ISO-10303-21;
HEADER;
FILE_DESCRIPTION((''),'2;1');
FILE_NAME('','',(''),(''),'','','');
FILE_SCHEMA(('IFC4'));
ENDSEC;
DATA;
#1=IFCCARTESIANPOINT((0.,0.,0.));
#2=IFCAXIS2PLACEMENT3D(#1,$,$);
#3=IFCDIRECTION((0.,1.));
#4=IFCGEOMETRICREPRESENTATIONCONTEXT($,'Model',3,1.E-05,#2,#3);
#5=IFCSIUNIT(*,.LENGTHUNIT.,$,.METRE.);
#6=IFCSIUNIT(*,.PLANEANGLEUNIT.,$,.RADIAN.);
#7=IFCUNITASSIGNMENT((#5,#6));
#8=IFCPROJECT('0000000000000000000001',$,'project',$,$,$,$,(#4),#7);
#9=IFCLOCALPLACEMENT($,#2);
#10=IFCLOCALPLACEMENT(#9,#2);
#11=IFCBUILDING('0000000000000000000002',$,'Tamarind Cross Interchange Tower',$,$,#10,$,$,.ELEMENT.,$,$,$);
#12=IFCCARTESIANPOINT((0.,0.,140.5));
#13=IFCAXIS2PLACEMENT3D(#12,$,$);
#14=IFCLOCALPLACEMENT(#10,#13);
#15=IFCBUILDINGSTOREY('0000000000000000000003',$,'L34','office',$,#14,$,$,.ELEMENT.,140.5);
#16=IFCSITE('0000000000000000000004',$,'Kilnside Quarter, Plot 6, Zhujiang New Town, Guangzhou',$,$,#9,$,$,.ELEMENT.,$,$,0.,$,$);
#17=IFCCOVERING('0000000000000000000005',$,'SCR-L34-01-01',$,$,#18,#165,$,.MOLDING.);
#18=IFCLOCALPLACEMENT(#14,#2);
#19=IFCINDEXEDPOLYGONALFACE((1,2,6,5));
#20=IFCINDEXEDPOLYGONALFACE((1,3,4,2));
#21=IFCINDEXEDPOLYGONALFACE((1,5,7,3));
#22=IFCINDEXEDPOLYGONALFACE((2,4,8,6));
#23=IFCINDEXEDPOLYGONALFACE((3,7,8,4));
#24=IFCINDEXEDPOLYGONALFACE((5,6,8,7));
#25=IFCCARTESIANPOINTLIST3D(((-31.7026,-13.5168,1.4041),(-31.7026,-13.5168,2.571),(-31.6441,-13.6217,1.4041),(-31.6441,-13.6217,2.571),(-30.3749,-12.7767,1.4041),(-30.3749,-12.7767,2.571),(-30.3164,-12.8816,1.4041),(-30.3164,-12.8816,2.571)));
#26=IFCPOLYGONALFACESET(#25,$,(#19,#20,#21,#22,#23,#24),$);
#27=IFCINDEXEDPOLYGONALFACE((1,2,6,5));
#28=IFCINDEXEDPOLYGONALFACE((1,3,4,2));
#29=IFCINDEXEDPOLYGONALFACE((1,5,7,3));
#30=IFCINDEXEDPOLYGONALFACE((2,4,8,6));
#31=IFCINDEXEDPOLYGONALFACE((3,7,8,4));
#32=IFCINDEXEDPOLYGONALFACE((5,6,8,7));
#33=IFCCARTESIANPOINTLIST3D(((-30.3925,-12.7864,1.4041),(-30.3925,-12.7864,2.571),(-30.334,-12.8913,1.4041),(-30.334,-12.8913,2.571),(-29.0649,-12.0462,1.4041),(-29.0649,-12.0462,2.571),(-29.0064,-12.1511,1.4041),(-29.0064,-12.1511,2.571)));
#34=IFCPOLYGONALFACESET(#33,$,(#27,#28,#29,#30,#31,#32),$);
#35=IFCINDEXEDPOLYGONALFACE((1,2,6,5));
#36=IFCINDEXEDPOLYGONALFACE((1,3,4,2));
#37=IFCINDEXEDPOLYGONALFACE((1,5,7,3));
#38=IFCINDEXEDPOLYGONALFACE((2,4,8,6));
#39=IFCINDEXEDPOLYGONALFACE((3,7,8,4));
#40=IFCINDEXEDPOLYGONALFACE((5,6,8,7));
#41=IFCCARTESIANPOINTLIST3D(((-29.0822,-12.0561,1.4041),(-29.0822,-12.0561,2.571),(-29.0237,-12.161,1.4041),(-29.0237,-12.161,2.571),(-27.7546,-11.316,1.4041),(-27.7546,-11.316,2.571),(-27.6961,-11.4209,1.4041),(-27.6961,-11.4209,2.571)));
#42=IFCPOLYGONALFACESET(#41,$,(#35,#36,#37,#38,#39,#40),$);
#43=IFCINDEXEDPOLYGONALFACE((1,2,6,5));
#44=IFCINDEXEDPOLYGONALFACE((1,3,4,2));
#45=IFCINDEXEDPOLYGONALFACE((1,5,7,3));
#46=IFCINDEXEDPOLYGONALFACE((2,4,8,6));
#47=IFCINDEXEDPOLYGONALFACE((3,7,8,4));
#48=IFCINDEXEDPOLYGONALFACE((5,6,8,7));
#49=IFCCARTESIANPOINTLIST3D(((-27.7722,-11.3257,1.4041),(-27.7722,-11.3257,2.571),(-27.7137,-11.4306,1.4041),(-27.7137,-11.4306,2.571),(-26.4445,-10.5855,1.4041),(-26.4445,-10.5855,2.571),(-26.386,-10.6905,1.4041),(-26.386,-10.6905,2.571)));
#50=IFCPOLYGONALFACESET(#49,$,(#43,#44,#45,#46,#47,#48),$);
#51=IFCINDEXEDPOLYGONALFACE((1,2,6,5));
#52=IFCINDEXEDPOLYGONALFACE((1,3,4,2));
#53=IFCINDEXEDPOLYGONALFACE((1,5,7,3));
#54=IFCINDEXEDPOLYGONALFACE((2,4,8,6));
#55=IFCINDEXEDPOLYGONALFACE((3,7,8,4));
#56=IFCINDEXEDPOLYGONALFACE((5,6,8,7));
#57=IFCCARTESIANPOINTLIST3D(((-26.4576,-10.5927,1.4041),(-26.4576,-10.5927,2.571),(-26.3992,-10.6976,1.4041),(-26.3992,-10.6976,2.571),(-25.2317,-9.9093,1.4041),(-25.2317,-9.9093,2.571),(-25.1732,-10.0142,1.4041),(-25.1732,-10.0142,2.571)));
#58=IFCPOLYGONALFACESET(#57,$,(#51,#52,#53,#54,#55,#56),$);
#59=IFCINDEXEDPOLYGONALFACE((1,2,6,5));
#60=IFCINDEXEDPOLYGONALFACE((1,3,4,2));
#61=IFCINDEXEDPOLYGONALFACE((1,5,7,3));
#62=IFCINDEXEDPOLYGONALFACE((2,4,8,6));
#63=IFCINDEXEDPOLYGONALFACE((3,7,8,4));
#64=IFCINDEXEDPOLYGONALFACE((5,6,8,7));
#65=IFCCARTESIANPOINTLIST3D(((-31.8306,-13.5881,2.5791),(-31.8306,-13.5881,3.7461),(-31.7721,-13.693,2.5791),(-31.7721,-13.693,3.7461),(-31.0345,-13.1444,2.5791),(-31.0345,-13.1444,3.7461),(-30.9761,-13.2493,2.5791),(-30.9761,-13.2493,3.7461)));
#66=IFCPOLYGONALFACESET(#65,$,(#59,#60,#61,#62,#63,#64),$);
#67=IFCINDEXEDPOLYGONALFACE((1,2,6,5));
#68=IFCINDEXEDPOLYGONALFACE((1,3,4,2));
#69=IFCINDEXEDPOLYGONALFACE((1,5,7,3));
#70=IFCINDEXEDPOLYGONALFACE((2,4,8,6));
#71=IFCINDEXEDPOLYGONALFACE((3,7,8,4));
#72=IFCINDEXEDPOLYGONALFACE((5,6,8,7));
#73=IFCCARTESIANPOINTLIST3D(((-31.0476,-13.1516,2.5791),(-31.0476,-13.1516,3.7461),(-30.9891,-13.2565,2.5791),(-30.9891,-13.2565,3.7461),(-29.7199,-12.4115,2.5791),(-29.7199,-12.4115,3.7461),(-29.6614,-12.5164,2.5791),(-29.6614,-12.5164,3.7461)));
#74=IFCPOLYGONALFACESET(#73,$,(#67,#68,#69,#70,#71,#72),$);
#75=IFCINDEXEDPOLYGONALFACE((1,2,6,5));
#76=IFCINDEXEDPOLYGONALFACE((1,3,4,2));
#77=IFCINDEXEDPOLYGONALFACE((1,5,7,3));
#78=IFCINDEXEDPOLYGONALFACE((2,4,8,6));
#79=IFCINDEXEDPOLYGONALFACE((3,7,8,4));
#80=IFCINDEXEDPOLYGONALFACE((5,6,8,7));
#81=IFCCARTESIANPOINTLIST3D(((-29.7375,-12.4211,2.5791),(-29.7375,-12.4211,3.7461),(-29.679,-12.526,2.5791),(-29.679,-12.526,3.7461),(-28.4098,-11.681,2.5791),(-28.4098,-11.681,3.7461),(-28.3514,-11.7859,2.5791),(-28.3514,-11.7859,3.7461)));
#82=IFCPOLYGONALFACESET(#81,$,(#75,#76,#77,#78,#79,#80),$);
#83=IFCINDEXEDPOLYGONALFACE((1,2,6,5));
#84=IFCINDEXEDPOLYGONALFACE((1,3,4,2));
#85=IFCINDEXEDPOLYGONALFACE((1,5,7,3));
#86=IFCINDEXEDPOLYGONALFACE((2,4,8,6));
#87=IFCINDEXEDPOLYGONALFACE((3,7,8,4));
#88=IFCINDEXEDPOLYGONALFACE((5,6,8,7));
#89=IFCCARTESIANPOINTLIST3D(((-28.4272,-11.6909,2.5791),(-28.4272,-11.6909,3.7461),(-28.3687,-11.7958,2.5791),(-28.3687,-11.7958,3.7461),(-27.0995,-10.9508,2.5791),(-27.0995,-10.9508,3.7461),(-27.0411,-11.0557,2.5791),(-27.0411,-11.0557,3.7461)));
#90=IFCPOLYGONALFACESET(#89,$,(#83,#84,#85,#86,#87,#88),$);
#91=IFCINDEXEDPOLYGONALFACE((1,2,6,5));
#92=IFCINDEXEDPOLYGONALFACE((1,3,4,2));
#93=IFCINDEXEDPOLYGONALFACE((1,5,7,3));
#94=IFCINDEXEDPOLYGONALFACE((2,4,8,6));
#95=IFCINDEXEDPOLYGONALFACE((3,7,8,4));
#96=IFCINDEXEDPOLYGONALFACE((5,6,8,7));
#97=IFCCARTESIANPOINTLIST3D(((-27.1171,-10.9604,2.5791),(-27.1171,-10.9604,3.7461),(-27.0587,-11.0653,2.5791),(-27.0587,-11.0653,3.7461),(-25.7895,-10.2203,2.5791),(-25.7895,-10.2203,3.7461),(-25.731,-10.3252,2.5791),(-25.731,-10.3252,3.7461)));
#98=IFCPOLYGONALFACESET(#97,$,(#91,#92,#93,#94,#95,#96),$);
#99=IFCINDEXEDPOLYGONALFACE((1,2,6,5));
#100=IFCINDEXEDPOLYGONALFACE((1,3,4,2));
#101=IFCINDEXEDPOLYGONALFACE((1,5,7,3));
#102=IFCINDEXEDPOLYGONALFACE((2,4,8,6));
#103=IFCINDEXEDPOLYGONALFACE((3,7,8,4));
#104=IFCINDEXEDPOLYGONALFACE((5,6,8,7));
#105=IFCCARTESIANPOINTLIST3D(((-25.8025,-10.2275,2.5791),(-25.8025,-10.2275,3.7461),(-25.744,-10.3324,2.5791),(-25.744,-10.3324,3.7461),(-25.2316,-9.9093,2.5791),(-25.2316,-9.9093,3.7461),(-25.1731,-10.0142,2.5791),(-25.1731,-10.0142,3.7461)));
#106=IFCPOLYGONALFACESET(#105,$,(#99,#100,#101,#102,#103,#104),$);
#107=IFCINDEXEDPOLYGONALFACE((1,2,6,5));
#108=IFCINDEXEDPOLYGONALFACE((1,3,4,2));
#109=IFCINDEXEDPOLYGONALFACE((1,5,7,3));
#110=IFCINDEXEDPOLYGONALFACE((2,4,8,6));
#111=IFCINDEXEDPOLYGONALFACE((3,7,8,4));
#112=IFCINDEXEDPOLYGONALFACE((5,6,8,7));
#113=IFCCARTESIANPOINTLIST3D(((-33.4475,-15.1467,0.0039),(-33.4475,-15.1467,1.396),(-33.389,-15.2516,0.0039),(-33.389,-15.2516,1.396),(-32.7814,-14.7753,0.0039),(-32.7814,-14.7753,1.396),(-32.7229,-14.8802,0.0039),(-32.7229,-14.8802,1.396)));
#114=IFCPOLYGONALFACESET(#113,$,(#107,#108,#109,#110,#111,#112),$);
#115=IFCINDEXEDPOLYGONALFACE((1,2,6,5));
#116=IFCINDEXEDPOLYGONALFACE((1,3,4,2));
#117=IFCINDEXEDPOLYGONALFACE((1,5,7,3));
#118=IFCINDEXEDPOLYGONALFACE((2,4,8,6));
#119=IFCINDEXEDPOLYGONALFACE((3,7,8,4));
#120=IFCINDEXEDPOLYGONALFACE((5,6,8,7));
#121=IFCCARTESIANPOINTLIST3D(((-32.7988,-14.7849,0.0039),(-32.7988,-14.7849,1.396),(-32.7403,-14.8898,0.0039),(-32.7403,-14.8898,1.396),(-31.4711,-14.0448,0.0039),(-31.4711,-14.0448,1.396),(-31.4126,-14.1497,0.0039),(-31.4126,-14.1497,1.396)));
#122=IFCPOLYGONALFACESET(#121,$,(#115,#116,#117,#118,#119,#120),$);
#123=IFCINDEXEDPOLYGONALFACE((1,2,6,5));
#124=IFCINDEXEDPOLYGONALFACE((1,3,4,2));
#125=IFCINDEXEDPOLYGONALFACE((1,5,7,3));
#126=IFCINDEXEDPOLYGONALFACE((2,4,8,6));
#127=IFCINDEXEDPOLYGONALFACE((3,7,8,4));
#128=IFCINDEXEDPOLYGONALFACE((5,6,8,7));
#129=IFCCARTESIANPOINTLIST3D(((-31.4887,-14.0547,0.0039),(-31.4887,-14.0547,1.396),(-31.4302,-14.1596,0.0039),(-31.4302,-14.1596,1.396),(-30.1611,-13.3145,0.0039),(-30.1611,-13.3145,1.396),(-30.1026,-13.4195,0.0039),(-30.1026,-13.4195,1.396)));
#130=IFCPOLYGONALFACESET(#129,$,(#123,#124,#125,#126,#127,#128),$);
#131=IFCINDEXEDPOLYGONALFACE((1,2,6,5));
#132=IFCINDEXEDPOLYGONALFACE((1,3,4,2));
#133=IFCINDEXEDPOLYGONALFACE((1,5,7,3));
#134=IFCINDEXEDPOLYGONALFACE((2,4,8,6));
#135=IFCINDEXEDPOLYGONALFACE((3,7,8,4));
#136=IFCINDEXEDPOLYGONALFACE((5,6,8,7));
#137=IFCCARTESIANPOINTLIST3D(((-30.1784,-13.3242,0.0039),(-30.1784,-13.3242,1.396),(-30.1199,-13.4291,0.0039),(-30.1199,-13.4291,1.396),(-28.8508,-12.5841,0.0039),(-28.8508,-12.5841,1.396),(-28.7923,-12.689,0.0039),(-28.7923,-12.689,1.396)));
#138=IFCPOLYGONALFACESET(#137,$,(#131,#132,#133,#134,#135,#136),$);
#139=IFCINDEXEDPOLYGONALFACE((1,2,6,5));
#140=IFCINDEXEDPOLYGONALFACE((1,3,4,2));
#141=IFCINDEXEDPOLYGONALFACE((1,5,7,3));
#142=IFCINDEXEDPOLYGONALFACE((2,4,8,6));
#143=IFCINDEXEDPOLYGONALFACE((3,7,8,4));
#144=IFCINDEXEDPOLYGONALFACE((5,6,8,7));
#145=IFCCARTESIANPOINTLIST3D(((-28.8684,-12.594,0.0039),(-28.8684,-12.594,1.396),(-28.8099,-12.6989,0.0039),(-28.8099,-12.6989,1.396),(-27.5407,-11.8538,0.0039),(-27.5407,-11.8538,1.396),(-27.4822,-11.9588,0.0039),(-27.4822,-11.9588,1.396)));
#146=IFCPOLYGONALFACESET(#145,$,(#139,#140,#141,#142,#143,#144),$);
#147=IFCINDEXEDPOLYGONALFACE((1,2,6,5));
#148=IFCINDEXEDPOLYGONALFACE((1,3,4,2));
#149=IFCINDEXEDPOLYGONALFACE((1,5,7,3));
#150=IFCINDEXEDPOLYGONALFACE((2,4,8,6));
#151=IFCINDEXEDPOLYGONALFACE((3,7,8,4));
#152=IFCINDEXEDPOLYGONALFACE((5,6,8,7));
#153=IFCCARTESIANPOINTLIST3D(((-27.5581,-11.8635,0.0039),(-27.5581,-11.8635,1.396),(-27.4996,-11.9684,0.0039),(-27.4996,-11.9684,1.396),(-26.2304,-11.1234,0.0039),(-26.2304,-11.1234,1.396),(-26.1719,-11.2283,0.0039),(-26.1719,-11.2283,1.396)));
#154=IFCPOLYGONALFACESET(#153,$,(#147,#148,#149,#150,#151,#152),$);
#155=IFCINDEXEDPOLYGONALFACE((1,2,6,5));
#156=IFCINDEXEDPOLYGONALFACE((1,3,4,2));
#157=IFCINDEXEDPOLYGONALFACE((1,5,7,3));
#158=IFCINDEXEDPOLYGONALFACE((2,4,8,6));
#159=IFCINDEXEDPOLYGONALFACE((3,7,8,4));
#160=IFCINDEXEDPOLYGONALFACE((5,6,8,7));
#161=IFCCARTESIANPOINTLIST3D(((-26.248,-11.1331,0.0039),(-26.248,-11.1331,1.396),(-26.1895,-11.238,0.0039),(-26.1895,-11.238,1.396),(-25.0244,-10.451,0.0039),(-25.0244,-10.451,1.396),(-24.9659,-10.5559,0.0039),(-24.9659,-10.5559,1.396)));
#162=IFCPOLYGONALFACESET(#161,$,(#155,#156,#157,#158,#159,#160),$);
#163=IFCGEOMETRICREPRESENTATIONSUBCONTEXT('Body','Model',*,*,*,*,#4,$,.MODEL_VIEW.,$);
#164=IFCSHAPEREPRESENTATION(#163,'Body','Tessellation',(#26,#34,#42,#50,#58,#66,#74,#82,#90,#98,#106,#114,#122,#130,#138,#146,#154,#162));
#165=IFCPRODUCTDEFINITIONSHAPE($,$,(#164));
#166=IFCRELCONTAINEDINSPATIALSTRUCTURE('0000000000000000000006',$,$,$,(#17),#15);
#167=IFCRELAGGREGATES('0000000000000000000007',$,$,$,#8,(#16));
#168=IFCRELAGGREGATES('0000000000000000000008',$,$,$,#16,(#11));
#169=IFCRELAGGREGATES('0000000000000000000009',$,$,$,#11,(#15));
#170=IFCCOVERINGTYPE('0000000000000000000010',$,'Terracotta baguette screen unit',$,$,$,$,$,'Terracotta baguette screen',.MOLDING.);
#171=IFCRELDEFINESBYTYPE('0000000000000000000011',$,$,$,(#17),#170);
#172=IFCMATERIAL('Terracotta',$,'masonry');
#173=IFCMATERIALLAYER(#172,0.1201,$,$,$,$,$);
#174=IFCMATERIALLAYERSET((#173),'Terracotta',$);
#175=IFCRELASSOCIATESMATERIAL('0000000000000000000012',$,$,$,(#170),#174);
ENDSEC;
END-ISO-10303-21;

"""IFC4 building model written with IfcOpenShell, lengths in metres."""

from ifc_helpers import new_model, si_unit, direction, frame, origin, origin_2d, place, context, subcontext, project, spatial, rectangle, extrude, material, layer, layer_set, type_object, element, save


model = new_model("IFC4")

# Units and contexts
model_context = context("Model", 3, precision=1e-05, world=origin(), true_north=direction((0.0, 1.0)))
body_context = subcontext(model_context, "Body", "Model", "MODEL_VIEW")
ifc_project = project(units=[si_unit("LENGTHUNIT", "METRE"), si_unit("PLANEANGLEUNIT", "RADIAN")], contexts=[model_context])

# Site, building, storey
site_placement = place(None, origin())
site = spatial("IfcSite", under=ifc_project, at=site_placement, Name="Kilnside Quarter, Plot 6, Zhujiang New Town, Guangzhou", CompositionType="ELEMENT", RefElevation=0.0)
building_placement = place(site_placement, origin())
building = spatial("IfcBuilding", under=site, at=building_placement, Name="Tamarind Cross Interchange Tower", CompositionType="ELEMENT")
storey_placement = place(building_placement, frame((0.0, 0.0, 140.5)))
storey = spatial("IfcBuildingStorey", under=building, at=storey_placement, Name="L34", Description="office", CompositionType="ELEMENT", Elevation=140.5)

# Covering
ifc_material_1 = material(Name="Terracotta", Category="masonry")
ifc_layer_1 = layer(ifc_material_1, 0.1201)
ifc_layer_set_1 = layer_set([ifc_layer_1], Name="Terracotta")
covering_type = type_object("IfcCoveringType", Name="Terracotta baguette screen unit", ElementType="Terracotta baguette screen", PredefinedType="MOLDING", material=ifc_layer_set_1)
covering_1_placement = place(storey_placement, origin())
element("IfcCovering", 1, at=covering_1_placement, inside=storey, type_object=covering_type, Name="SCR-L34-01-01", PredefinedType="MOLDING", context=body_context, shape_type="SweptSolid", body=[
    extrude(rectangle(XDim=1.52, YDim=0.1201, at=origin_2d()), frame((-31.0095, -13.1992, 1.4041), z_axis=(0.0, 0.0, 1.0), x_axis=(0.87345, 0.486915, 0.0)), (0.0, 0.0, 1.0), 1.167),
    extrude(rectangle(XDim=1.52, YDim=0.1201, at=origin_2d()), frame((-29.6995, -12.4688, 1.4041), z_axis=(0.0, 0.0, 1.0), x_axis=(0.87345, 0.486915, 0.0)), (0.0, 0.0, 1.0), 1.167),
    extrude(rectangle(XDim=1.52, YDim=0.1201, at=origin_2d()), frame((-28.3892, -11.7385, 1.4041), z_axis=(0.0, 0.0, 1.0), x_axis=(0.87345, 0.486915, 0.0)), (0.0, 0.0, 1.0), 1.167),
    extrude(rectangle(XDim=1.52, YDim=0.1201, at=origin_2d()), frame((-27.0791, -11.0081, 1.4041), z_axis=(0.0, 0.0, 1.0), x_axis=(0.87345, 0.486915, 0.0)), (0.0, 0.0, 1.0), 1.167),
    extrude(rectangle(XDim=1.4036, YDim=0.1201, at=origin_2d()), frame((-25.8154, -10.3035, 1.4041), z_axis=(0.0, 0.0, 1.0), x_axis=(0.87345, 0.486915, 0.0)), (0.0, 0.0, 1.0), 1.167),
    extrude(rectangle(XDim=0.9114, YDim=0.1201, at=origin_2d()), frame((-31.4033, -13.4187, 2.5791), z_axis=(0.0, 0.0, 1.0), x_axis=(0.87345, 0.486915, 0.0)), (0.0, 0.0, 1.0), 1.167),
    extrude(rectangle(XDim=1.52, YDim=0.1201, at=origin_2d()), frame((-30.3545, -12.834, 2.5791), z_axis=(0.0, 0.0, 1.0), x_axis=(0.87345, 0.486915, 0.0)), (0.0, 0.0, 1.0), 1.167),
    extrude(rectangle(XDim=1.52, YDim=0.1201, at=origin_2d()), frame((-29.0444, -12.1035, 2.5791), z_axis=(0.0, 0.0, 1.0), x_axis=(0.87345, 0.486915, 0.0)), (0.0, 0.0, 1.0), 1.167),
    extrude(rectangle(XDim=1.52, YDim=0.1201, at=origin_2d()), frame((-27.7341, -11.3733, 2.5791), z_axis=(0.0, 0.0, 1.0), x_axis=(0.87345, 0.486915, 0.0)), (0.0, 0.0, 1.0), 1.167),
    extrude(rectangle(XDim=1.52, YDim=0.1201, at=origin_2d()), frame((-26.4241, -10.6428, 2.5791), z_axis=(0.0, 0.0, 1.0), x_axis=(0.87345, 0.486915, 0.0)), (0.0, 0.0, 1.0), 1.167),
    extrude(rectangle(XDim=0.6536, YDim=0.1201, at=origin_2d()), frame((-25.4878, -10.1208, 2.5791), z_axis=(0.0, 0.0, 1.0), x_axis=(0.87345, 0.486915, 0.0)), (0.0, 0.0, 1.0), 1.167),
    extrude(rectangle(XDim=0.7627, YDim=0.1201, at=origin_2d()), frame((-33.0852, -15.0134, 0.0039), z_axis=(0.0, 0.0, 1.0), x_axis=(0.87345, 0.486915, 0.0)), (0.0, 0.0, 1.0), 1.3921),
    extrude(rectangle(XDim=1.52, YDim=0.1201, at=origin_2d()), frame((-32.1057, -14.4673, 0.0039), z_axis=(0.0, 0.0, 1.0), x_axis=(0.87345, 0.486915, 0.0)), (0.0, 0.0, 1.0), 1.3921),
    extrude(rectangle(XDim=1.52, YDim=0.1201, at=origin_2d()), frame((-30.7957, -13.7371, 0.0039), z_axis=(0.0, 0.0, 1.0), x_axis=(0.87345, 0.486915, 0.0)), (0.0, 0.0, 1.0), 1.3921),
    extrude(rectangle(XDim=1.52, YDim=0.1201, at=origin_2d()), frame((-29.4854, -13.0066, 0.0039), z_axis=(0.0, 0.0, 1.0), x_axis=(0.87345, 0.486915, 0.0)), (0.0, 0.0, 1.0), 1.3921),
    extrude(rectangle(XDim=1.52, YDim=0.1201, at=origin_2d()), frame((-28.1753, -12.2764, 0.0039), z_axis=(0.0, 0.0, 1.0), x_axis=(0.87345, 0.486915, 0.0)), (0.0, 0.0, 1.0), 1.3921),
    extrude(rectangle(XDim=1.52, YDim=0.1201, at=origin_2d()), frame((-26.865, -11.5459, 0.0039), z_axis=(0.0, 0.0, 1.0), x_axis=(0.87345, 0.486915, 0.0)), (0.0, 0.0, 1.0), 1.3921),
    extrude(rectangle(XDim=1.4009, YDim=0.1201, at=origin_2d()), frame((-25.6069, -10.8445, 0.0039), z_axis=(0.0, 0.0, 1.0), x_axis=(0.87345, 0.486915, 0.0)), (0.0, 0.0, 1.0), 1.3921),
])

save(model, "model.ifc")
